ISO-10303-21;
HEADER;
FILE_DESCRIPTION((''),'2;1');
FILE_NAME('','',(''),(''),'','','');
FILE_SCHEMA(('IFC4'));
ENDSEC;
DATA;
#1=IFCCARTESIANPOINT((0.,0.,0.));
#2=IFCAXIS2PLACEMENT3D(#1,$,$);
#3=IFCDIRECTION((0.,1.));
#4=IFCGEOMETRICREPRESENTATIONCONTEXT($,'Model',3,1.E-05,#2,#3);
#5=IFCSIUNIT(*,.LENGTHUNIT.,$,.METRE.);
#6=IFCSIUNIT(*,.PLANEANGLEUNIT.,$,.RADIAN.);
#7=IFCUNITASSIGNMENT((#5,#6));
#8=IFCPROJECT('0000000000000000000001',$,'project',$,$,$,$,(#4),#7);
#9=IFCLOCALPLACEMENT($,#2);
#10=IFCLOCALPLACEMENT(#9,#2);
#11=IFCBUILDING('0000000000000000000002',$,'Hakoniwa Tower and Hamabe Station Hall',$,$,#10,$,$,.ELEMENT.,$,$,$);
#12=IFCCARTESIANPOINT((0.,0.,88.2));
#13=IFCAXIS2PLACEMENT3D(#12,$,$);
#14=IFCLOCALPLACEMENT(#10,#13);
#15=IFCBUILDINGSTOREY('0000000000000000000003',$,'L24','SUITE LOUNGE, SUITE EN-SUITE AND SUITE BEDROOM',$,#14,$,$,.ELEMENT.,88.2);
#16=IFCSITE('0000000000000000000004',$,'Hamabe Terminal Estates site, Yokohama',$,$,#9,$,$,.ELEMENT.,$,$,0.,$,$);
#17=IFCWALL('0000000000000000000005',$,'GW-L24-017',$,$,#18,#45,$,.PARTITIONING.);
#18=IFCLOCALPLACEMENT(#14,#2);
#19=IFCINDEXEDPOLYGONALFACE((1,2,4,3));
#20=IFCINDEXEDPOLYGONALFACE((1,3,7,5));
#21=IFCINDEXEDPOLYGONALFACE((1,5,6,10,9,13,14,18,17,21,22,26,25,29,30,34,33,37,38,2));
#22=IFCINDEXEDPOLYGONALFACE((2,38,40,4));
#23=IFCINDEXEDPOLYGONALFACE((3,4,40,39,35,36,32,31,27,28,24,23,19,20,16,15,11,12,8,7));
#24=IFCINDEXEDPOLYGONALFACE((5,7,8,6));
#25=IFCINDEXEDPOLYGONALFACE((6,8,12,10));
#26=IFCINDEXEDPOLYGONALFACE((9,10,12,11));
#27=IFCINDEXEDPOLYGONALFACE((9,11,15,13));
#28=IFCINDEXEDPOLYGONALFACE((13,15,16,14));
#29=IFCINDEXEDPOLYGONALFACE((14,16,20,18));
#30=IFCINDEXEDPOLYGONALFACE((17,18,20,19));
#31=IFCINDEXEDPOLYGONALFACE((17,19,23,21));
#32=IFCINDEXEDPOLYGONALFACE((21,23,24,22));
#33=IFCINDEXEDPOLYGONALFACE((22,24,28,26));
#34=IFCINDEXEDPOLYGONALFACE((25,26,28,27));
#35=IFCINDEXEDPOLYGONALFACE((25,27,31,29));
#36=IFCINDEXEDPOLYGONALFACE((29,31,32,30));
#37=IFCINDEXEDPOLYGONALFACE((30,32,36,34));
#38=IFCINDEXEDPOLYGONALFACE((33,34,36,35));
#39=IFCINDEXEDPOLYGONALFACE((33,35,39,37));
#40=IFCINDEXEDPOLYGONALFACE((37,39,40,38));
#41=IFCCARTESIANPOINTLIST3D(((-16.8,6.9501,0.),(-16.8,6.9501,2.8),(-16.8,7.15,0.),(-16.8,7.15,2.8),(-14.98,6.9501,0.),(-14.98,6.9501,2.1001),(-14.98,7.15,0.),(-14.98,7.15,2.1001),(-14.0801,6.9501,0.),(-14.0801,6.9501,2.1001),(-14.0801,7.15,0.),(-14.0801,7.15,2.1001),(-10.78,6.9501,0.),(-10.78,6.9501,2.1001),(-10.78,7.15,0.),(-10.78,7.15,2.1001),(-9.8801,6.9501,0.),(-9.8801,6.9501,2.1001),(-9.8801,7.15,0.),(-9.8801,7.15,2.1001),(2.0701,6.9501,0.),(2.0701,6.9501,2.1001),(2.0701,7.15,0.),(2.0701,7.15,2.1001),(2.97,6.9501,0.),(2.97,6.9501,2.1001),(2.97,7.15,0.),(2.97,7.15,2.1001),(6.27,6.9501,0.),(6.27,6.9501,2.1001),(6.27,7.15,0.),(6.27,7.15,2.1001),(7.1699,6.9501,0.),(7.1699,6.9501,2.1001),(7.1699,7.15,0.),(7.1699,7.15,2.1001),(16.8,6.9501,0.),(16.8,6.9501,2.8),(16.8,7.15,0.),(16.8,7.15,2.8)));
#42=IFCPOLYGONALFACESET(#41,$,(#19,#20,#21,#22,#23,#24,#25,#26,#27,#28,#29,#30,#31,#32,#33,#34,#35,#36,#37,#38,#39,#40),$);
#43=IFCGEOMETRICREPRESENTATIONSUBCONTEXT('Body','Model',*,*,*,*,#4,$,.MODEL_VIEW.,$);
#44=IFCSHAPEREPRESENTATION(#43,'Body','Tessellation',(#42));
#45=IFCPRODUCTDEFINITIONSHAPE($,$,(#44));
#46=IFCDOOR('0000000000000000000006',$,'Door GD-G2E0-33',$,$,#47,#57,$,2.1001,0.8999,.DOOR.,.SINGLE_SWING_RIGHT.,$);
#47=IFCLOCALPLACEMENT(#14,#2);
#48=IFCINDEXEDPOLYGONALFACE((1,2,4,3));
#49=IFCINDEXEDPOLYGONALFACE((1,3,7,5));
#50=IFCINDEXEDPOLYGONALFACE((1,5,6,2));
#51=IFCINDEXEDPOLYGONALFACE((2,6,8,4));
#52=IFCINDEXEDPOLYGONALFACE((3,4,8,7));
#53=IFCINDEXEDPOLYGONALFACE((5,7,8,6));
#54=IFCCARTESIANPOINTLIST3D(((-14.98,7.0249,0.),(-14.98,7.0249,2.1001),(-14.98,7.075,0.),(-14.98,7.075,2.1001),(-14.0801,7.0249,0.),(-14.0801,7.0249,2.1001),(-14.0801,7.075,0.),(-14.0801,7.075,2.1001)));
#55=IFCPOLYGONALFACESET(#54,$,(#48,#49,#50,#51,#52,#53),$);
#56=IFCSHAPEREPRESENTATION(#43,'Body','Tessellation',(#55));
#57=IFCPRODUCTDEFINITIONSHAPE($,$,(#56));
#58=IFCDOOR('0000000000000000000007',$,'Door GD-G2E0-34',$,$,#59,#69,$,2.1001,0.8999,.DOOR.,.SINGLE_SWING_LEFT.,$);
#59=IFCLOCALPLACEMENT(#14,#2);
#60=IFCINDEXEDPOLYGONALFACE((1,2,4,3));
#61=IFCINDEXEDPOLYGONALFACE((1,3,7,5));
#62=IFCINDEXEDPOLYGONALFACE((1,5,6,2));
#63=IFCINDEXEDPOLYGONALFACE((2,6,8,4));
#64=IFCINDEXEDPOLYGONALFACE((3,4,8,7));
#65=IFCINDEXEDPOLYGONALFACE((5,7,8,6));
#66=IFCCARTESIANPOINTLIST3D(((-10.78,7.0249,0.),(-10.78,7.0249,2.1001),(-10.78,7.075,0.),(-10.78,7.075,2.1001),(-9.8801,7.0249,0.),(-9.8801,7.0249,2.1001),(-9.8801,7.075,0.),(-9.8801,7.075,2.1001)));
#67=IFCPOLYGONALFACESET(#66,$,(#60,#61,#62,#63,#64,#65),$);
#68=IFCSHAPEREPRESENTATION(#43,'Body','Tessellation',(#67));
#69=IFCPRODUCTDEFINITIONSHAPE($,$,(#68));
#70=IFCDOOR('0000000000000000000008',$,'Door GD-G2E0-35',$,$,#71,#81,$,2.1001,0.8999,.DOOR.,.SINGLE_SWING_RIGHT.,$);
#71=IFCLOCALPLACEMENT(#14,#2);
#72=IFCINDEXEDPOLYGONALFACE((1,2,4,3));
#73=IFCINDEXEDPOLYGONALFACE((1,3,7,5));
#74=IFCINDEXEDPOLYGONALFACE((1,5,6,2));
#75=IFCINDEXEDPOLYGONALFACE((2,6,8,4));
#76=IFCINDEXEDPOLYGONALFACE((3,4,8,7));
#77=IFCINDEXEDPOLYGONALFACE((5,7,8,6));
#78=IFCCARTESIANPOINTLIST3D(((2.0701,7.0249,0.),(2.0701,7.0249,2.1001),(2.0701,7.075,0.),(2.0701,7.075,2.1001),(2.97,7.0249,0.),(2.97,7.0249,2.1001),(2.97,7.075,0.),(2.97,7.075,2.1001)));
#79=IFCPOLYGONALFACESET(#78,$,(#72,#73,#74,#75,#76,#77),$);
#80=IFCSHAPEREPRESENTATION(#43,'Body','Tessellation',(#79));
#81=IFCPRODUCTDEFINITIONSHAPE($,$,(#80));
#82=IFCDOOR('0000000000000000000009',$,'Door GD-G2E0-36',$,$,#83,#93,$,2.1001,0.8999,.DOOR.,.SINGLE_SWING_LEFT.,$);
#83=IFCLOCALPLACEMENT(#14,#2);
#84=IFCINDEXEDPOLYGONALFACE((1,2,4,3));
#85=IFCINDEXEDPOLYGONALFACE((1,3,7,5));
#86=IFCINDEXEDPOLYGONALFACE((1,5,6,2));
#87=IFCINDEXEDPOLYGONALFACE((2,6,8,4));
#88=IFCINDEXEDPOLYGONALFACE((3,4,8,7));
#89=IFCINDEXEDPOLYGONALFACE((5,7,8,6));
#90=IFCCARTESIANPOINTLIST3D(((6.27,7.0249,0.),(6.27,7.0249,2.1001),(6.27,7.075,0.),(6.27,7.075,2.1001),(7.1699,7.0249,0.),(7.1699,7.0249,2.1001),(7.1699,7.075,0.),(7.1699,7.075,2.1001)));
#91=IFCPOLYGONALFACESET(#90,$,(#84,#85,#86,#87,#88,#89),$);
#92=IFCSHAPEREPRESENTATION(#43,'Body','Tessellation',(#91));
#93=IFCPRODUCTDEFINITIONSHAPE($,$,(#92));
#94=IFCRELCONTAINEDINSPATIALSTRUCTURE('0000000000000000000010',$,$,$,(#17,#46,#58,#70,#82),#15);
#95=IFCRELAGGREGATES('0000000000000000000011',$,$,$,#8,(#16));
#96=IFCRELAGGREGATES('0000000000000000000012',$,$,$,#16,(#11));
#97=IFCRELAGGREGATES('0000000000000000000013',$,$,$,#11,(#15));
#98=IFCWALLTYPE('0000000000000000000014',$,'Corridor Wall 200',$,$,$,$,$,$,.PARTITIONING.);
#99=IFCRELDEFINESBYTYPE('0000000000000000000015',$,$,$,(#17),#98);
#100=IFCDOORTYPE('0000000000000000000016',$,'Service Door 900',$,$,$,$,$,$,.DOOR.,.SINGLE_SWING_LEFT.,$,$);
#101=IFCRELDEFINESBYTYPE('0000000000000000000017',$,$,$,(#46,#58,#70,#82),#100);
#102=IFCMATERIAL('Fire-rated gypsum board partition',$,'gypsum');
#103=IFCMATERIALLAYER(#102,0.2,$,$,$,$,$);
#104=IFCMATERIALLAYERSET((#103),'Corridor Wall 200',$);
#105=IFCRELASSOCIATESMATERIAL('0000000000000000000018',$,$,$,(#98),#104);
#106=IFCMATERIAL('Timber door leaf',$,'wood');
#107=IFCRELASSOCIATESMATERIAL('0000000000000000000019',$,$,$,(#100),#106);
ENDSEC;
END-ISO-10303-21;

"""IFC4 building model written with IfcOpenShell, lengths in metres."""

from ifc_helpers import new_model, si_unit, direction, frame, frame_2d, origin, place, context, subcontext, project, spatial, rectangle, extrude, material, layer, layer_set, type_object, element, fill, save


model = new_model("IFC4")

# Units and contexts
model_context = context("Model", 3, precision=1e-05, world=origin(), true_north=direction((0.0, 1.0)))
body_context = subcontext(model_context, "Body", "Model", "MODEL_VIEW")
ifc_project = project(units=[si_unit("LENGTHUNIT", "METRE"), si_unit("PLANEANGLEUNIT", "RADIAN")], contexts=[model_context])

# Site, building, storey
site_placement = place(None, origin())
site = spatial("IfcSite", under=ifc_project, at=site_placement, Name="Hamabe Terminal Estates site, Yokohama", CompositionType="ELEMENT", RefElevation=0.0)
building_placement = place(site_placement, origin())
building = spatial("IfcBuilding", under=site, at=building_placement, Name="Hakoniwa Tower and Hamabe Station Hall", CompositionType="ELEMENT")
storey_placement = place(building_placement, frame((0.0, 0.0, 88.2)))
storey = spatial("IfcBuildingStorey", under=building, at=storey_placement, Name="L24", Description="SUITE LOUNGE, SUITE EN-SUITE AND SUITE BEDROOM", CompositionType="ELEMENT", Elevation=88.2)

# Wall, openings, doors
ifc_material_1 = material(Name="Fire-rated gypsum board partition", Category="gypsum")
ifc_layer_1 = layer(ifc_material_1, 0.2)
ifc_layer_set_1 = layer_set([ifc_layer_1], Name="Corridor Wall 200")
wall_type_1 = type_object("IfcWallType", Name="Corridor Wall 200", PredefinedType="PARTITIONING", material=ifc_layer_set_1)
ifc_material_2 = material(Name="Timber door leaf", Category="wood")
door_type_1 = type_object("IfcDoorType", Name="Service Door 900", OperationType="SINGLE_SWING_LEFT", PredefinedType="DOOR", material=ifc_material_2)
wall_1_placement = place(storey_placement, frame((-16.8, 7.05, 0.0), z_axis=(0.0, 0.0, 1.0), x_axis=(1.0, 0.0, 0.0)))
wall_1 = element("IfcWall", 1, at=wall_1_placement, inside=storey, type_object=wall_type_1, Name="GW-L24-017", PredefinedType="PARTITIONING", context=body_context, shape_type="SweptSolid", body=[
    extrude(rectangle(XDim=33.6001, YDim=0.2, at=frame_2d((16.8, 0.0))), origin(), (0.0, 0.0, 1.0), 2.8),
])
opening_1_placement = place(wall_1_placement, frame((1.8201, 0.0, 0.0)))
opening_1 = element("IfcOpeningElement", 2, at=opening_1_placement, cuts=wall_1, PredefinedType="OPENING", context=body_context, shape_type="SweptSolid", body=[
    extrude(rectangle(XDim=0.8999, YDim=2.1001, at=frame_2d((0.45, 1.05))), frame((0.0, 0.1099, 0.0), z_axis=(0.0, -1.0, 0.0), x_axis=(1.0, 0.0, 0.0)), (0.0, 0.0, 1.0), 0.22),
])
opening_2_placement = place(wall_1_placement, frame((6.02, 0.0, 0.0)))
opening_2 = element("IfcOpeningElement", 3, at=opening_2_placement, cuts=wall_1, PredefinedType="OPENING", context=body_context, shape_type="SweptSolid", body=[
    extrude(rectangle(XDim=0.8999, YDim=2.1001, at=frame_2d((0.45, 1.05))), frame((0.0, 0.1099, 0.0), z_axis=(0.0, -1.0, 0.0), x_axis=(1.0, 0.0, 0.0)), (0.0, 0.0, 1.0), 0.22),
])
opening_3_placement = place(wall_1_placement, frame((18.8701, 0.0, 0.0)))
opening_3 = element("IfcOpeningElement", 4, at=opening_3_placement, cuts=wall_1, PredefinedType="OPENING", context=body_context, shape_type="SweptSolid", body=[
    extrude(rectangle(XDim=0.8999, YDim=2.1001, at=frame_2d((0.45, 1.05))), frame((0.0, 0.1099, 0.0), z_axis=(0.0, -1.0, 0.0), x_axis=(1.0, 0.0, 0.0)), (0.0, 0.0, 1.0), 0.22),
])
opening_4_placement = place(wall_1_placement, frame((23.0701, 0.0, 0.0)))
opening_4 = element("IfcOpeningElement", 5, at=opening_4_placement, cuts=wall_1, PredefinedType="OPENING", context=body_context, shape_type="SweptSolid", body=[
    extrude(rectangle(XDim=0.8999, YDim=2.1001, at=frame_2d((0.45, 1.05))), frame((0.0, 0.1099, 0.0), z_axis=(0.0, -1.0, 0.0), x_axis=(1.0, 0.0, 0.0)), (0.0, 0.0, 1.0), 0.22),
])
door_1_placement = place(opening_1_placement, origin())
door_1 = element("IfcDoor", 6, at=door_1_placement, inside=storey, type_object=door_type_1, Name="Door GD-G2E0-33", OperationType="SINGLE_SWING_RIGHT", OverallHeight=2.1001, OverallWidth=0.8999, PredefinedType="DOOR", context=body_context, shape_type="SweptSolid", body=[
    extrude(rectangle(XDim=0.8999, YDim=2.1001, at=frame_2d((0.45, 1.05))), frame((0.0, 0.0249, 0.0), z_axis=(0.0, -1.0, 0.0), x_axis=(1.0, 0.0, 0.0)), (0.0, 0.0, 1.0), 0.05),
])
fill(opening_1, door_1)
door_2_placement = place(opening_2_placement, origin())
door_2 = element("IfcDoor", 7, at=door_2_placement, inside=storey, type_object=door_type_1, Name="Door GD-G2E0-34", OperationType="SINGLE_SWING_LEFT", OverallHeight=2.1001, OverallWidth=0.8999, PredefinedType="DOOR", context=body_context, shape_type="SweptSolid", body=[
    extrude(rectangle(XDim=0.8999, YDim=2.1001, at=frame_2d((0.45, 1.05))), frame((0.0, 0.0249, 0.0), z_axis=(0.0, -1.0, 0.0), x_axis=(1.0, 0.0, 0.0)), (0.0, 0.0, 1.0), 0.05),
])
fill(opening_2, door_2)
door_3_placement = place(opening_3_placement, origin())
door_3 = element("IfcDoor", 8, at=door_3_placement, inside=storey, type_object=door_type_1, Name="Door GD-G2E0-35", OperationType="SINGLE_SWING_RIGHT", OverallHeight=2.1001, OverallWidth=0.8999, PredefinedType="DOOR", context=body_context, shape_type="SweptSolid", body=[
    extrude(rectangle(XDim=0.8999, YDim=2.1001, at=frame_2d((0.45, 1.05))), frame((0.0, 0.0249, 0.0), z_axis=(0.0, -1.0, 0.0), x_axis=(1.0, 0.0, 0.0)), (0.0, 0.0, 1.0), 0.05),
])
fill(opening_3, door_3)
door_4_placement = place(opening_4_placement, origin())
door_4 = element("IfcDoor", 9, at=door_4_placement, inside=storey, type_object=door_type_1, Name="Door GD-G2E0-36", OperationType="SINGLE_SWING_LEFT", OverallHeight=2.1001, OverallWidth=0.8999, PredefinedType="DOOR", context=body_context, shape_type="SweptSolid", body=[
    extrude(rectangle(XDim=0.8999, YDim=2.1001, at=frame_2d((0.45, 1.05))), frame((0.0, 0.0249, 0.0), z_axis=(0.0, -1.0, 0.0), x_axis=(1.0, 0.0, 0.0)), (0.0, 0.0, 1.0), 0.05),
])
fill(opening_4, door_4)

save(model, "model.ifc")
